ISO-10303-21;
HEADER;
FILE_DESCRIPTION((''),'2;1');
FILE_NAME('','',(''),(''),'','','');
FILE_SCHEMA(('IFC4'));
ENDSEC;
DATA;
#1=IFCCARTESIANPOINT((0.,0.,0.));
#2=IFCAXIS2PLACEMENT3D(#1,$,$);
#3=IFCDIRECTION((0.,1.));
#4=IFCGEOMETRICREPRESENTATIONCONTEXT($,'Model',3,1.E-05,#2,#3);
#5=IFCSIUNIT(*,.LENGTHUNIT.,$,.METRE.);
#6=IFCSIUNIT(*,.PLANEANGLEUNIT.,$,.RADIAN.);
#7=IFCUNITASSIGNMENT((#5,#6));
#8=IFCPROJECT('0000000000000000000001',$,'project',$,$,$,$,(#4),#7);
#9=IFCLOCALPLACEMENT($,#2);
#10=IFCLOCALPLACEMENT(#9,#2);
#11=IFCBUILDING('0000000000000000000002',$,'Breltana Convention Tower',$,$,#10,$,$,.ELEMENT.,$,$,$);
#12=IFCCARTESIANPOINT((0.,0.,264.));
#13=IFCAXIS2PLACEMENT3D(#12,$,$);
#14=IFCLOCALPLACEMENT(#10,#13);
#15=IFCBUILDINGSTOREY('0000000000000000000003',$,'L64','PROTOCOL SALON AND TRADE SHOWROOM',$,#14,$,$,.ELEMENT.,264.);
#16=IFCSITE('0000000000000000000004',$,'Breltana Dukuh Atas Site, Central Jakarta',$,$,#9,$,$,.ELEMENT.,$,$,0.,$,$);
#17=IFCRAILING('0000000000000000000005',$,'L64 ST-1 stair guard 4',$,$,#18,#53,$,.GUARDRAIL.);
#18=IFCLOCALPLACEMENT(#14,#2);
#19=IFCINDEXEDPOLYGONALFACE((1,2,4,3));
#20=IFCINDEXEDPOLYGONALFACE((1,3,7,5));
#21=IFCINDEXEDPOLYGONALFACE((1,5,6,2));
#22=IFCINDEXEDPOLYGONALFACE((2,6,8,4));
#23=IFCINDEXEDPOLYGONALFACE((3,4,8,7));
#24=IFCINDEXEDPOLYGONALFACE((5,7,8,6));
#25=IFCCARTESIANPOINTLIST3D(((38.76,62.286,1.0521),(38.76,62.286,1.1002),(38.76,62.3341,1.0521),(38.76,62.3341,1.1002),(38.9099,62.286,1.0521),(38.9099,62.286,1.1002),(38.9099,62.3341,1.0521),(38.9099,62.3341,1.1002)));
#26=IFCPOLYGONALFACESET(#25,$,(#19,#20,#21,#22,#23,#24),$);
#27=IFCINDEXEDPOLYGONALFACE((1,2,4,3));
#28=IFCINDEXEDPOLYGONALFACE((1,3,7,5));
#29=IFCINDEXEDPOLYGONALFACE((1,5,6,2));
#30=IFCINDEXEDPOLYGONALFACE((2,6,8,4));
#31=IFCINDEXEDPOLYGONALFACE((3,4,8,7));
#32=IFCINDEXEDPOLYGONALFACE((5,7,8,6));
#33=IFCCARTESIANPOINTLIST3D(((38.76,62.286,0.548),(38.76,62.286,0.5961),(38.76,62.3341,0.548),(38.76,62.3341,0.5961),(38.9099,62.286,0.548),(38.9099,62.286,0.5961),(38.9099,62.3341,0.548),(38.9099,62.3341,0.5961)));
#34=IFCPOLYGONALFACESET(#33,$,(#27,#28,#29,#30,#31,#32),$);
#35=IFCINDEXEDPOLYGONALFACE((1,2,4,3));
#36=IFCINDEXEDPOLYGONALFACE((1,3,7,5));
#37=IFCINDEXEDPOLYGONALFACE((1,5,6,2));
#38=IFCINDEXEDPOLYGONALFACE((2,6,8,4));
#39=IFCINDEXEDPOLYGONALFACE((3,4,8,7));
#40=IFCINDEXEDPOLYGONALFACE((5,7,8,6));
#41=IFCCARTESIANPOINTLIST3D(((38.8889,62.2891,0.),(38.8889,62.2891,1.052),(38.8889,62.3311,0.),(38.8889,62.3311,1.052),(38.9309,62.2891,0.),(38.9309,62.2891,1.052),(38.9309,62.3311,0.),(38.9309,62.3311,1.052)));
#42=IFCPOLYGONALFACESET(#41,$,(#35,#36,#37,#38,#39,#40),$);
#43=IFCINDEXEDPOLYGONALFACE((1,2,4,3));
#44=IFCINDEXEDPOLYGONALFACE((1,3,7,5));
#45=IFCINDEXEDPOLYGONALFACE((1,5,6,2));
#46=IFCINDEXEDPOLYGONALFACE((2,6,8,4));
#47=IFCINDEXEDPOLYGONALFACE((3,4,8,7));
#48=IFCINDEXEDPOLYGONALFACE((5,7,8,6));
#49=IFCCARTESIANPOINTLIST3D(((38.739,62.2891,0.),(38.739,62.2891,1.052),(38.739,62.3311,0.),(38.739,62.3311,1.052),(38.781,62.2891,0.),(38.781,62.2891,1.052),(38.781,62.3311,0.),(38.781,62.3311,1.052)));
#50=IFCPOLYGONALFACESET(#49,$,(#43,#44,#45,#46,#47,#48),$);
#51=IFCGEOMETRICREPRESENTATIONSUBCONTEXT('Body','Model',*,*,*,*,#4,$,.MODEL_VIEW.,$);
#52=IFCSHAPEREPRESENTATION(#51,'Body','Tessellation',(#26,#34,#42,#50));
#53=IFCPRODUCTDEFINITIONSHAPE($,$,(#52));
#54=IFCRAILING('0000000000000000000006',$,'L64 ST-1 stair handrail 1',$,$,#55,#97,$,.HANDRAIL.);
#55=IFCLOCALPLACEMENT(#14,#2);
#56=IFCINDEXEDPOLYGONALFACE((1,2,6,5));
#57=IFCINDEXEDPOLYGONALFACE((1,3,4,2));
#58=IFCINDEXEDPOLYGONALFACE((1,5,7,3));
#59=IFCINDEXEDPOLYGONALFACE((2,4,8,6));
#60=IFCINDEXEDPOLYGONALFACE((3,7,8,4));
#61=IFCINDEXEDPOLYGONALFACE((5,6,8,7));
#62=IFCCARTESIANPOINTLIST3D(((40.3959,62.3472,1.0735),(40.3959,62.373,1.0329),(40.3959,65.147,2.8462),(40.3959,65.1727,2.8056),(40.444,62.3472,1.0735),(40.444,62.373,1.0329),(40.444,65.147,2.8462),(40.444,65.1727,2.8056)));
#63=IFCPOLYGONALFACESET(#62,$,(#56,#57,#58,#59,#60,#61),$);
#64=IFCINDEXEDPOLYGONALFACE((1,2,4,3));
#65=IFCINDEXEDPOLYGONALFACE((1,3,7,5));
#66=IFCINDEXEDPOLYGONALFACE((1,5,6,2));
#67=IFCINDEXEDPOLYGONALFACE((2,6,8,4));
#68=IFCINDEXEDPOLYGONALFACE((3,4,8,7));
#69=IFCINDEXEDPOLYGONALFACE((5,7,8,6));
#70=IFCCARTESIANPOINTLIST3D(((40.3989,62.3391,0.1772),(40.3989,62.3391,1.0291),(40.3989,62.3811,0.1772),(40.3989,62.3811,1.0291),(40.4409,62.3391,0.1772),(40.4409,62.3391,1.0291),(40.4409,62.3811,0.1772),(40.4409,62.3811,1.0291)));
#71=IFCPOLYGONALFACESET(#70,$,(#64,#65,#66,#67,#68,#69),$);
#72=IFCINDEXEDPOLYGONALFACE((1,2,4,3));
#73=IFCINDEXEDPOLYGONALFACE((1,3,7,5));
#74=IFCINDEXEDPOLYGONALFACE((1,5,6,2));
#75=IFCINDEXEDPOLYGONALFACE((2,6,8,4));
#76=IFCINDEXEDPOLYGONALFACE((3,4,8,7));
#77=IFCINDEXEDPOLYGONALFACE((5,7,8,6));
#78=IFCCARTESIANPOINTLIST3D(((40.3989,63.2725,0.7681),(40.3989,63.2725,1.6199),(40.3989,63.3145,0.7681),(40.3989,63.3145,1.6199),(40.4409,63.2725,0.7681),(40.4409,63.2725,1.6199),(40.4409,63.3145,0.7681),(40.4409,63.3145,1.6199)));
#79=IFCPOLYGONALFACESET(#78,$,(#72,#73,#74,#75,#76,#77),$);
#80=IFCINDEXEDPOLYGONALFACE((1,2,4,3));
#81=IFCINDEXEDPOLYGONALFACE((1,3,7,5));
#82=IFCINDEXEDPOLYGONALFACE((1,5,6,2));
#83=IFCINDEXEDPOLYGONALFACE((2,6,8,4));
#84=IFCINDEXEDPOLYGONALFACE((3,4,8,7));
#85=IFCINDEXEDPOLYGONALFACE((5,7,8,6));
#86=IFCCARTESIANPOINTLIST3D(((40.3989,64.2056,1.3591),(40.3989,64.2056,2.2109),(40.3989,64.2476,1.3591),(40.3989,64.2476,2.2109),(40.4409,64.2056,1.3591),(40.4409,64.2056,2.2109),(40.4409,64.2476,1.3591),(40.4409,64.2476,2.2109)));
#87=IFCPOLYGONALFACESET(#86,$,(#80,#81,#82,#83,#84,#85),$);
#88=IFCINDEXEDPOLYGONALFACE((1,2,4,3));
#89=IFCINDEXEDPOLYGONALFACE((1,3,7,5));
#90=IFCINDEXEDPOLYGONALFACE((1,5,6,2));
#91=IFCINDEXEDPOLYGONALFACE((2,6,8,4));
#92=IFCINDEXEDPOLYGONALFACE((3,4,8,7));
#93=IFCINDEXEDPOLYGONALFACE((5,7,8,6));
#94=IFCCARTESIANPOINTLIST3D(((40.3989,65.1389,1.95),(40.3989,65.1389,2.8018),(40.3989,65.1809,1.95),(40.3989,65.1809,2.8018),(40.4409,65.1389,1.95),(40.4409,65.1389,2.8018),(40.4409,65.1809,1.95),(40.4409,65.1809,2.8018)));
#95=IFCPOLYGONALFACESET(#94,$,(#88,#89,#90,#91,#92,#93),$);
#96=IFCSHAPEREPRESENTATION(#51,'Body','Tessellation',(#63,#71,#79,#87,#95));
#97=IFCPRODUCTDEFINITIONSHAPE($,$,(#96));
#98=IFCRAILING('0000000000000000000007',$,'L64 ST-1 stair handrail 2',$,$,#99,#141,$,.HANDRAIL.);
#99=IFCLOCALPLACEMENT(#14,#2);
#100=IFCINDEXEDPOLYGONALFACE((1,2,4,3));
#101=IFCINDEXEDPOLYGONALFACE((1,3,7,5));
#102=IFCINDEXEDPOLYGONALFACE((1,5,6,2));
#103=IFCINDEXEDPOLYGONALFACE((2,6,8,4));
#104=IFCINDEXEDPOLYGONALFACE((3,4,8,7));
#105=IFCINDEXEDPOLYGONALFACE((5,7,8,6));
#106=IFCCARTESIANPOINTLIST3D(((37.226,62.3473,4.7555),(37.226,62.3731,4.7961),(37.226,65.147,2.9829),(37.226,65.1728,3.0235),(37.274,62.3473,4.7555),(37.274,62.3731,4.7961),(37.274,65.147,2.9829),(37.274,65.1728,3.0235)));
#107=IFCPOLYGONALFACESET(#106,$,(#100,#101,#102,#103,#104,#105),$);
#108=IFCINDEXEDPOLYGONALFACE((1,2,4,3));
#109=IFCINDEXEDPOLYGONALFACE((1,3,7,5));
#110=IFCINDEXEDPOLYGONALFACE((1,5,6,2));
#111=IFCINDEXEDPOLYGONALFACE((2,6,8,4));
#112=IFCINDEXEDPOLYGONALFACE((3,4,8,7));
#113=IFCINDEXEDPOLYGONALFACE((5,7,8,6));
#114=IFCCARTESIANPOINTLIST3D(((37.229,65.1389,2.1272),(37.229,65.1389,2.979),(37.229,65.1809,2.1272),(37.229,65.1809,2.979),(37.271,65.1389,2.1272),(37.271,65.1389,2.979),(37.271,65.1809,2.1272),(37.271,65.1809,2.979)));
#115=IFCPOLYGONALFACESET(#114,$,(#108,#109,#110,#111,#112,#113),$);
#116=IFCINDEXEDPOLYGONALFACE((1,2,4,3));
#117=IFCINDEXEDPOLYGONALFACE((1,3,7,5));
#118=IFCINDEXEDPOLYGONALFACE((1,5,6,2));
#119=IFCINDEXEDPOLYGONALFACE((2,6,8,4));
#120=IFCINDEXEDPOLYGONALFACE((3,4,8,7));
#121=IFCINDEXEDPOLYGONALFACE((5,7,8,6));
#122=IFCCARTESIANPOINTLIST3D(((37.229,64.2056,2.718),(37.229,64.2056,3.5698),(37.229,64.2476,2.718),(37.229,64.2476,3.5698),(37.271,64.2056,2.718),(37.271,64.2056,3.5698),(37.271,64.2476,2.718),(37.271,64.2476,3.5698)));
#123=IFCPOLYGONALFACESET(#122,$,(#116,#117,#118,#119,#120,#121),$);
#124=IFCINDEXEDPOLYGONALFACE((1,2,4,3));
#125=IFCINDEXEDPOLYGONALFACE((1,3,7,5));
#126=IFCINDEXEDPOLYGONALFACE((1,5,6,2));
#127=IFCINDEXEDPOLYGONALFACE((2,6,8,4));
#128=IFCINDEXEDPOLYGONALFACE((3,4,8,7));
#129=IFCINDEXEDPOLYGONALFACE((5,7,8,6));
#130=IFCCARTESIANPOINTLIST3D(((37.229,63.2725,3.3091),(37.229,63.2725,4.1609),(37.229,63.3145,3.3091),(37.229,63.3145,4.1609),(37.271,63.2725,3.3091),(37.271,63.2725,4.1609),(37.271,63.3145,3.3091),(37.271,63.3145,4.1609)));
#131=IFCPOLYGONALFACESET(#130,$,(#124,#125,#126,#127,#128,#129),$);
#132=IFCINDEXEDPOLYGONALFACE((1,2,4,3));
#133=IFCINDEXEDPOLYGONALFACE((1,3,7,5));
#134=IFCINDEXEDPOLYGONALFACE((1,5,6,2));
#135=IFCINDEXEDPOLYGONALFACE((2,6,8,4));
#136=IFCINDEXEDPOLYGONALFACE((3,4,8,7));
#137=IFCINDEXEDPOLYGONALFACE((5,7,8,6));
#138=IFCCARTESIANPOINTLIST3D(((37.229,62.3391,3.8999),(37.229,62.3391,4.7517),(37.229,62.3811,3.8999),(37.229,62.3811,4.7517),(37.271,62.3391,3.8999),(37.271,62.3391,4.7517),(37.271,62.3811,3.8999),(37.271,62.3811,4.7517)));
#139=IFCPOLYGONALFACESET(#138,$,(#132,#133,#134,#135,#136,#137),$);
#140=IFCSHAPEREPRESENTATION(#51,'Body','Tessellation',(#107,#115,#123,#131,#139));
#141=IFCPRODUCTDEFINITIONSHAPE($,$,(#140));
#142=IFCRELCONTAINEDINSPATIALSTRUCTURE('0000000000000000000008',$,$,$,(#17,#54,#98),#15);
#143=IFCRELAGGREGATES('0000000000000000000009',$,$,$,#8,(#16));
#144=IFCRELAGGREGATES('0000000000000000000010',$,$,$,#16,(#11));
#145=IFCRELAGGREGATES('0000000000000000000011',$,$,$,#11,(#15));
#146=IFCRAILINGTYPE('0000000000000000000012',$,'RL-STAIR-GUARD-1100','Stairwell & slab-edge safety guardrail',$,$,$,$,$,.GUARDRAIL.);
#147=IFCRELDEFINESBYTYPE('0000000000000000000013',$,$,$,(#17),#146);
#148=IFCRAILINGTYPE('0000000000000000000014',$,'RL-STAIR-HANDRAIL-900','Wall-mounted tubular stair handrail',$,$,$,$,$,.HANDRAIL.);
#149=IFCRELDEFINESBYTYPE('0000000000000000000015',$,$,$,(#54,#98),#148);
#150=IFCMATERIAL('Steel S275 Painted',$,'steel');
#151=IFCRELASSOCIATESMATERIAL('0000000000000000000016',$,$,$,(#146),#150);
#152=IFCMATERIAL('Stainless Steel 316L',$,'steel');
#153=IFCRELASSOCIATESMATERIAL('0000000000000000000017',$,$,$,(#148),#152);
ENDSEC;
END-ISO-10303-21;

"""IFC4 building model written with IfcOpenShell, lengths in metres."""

from ifc_helpers import new_model, si_unit, direction, frame, origin, origin_2d, place, context, subcontext, project, spatial, rectangle, extrude, material, type_object, element, save


model = new_model("IFC4")

# Units and contexts
model_context = context("Model", 3, precision=1e-05, world=origin(), true_north=direction((0.0, 1.0)))
body_context = subcontext(model_context, "Body", "Model", "MODEL_VIEW")
ifc_project = project(units=[si_unit("LENGTHUNIT", "METRE"), si_unit("PLANEANGLEUNIT", "RADIAN")], contexts=[model_context])

# Site, building, storey
site_placement = place(None, origin())
site = spatial("IfcSite", under=ifc_project, at=site_placement, Name="Breltana Dukuh Atas Site, Central Jakarta", CompositionType="ELEMENT", RefElevation=0.0)
building_placement = place(site_placement, origin())
building = spatial("IfcBuilding", under=site, at=building_placement, Name="Breltana Convention Tower", CompositionType="ELEMENT")
storey_placement = place(building_placement, frame((0.0, 0.0, 264.0)))
storey = spatial("IfcBuildingStorey", under=building, at=storey_placement, Name="L64", Description="PROTOCOL SALON AND TRADE SHOWROOM", CompositionType="ELEMENT", Elevation=264.0)

# Railings
ifc_material_1 = material(Name="Steel S275 Painted", Category="steel")
railing_type_1 = type_object("IfcRailingType", Name="RL-STAIR-GUARD-1100", Description="Stairwell & slab-edge safety guardrail", PredefinedType="GUARDRAIL", material=ifc_material_1)
railing_1_placement = place(storey_placement, frame((38.9099, 62.3101, 0.0)))
element("IfcRailing", 1, at=railing_1_placement, inside=storey, type_object=railing_type_1, Name="L64 ST-1 stair guard 4", PredefinedType="GUARDRAIL", context=body_context, shape_type="SweptSolid", body=[
    extrude(rectangle(XDim=0.0481, YDim=0.0481, at=origin_2d()), frame((0.0, 0.0, 1.0762), z_axis=(-1.0, 0.0, 0.0), x_axis=(0.0, -1.0, 0.0)), (0.0, 0.0, 1.0), 0.1499),
    extrude(rectangle(XDim=0.0481, YDim=0.0481, at=origin_2d()), frame((0.0, 0.0, 0.572), z_axis=(-1.0, 0.0, 0.0), x_axis=(0.0, -1.0, 0.0)), (0.0, 0.0, 1.0), 0.1499),
    extrude(rectangle(XDim=0.042, YDim=0.042, at=origin_2d()), origin(), (0.0, 0.0, 1.0), 1.052),
    extrude(rectangle(XDim=0.042, YDim=0.042, at=origin_2d()), frame((-0.1499, 0.0, 0.0)), (0.0, 0.0, 1.0), 1.052),
])
ifc_material_2 = material(Name="Stainless Steel 316L", Category="steel")
railing_type_2 = type_object("IfcRailingType", Name="RL-STAIR-HANDRAIL-900", Description="Wall-mounted tubular stair handrail", PredefinedType="HANDRAIL", material=ifc_material_2)
railing_2_placement = place(storey_placement, frame((40.4199, 62.3601, 0.1772)))
element("IfcRailing", 2, at=railing_2_placement, inside=storey, type_object=railing_type_2, Name="L64 ST-1 stair handrail 1", PredefinedType="HANDRAIL", context=body_context, shape_type="SweptSolid", body=[
    extrude(rectangle(XDim=0.0481, YDim=0.0481, at=origin_2d()), frame((0.0, 0.0, 0.876), z_axis=(0.0, 0.844888, 0.534943), x_axis=(-1.0, 0.0, 0.0)), (0.0, 0.0, 1.0), 3.3137),
    extrude(rectangle(XDim=0.042, YDim=0.042, at=origin_2d()), origin(), (0.0, 0.0, 1.0), 0.8518),
    extrude(rectangle(XDim=0.042, YDim=0.042, at=origin_2d()), frame((0.0, 0.9333, 0.5908)), (0.0, 0.0, 1.0), 0.8518),
    extrude(rectangle(XDim=0.042, YDim=0.042, at=origin_2d()), frame((0.0, 1.8665, 1.1819)), (0.0, 0.0, 1.0), 0.8518),
    extrude(rectangle(XDim=0.042, YDim=0.042, at=origin_2d()), frame((0.0, 2.7998, 1.7727)), (0.0, 0.0, 1.0), 0.8518),
])
railing_3_placement = place(storey_placement, frame((37.25, 65.1599, 2.1272)))
element("IfcRailing", 3, at=railing_3_placement, inside=storey, type_object=railing_type_2, Name="L64 ST-1 stair handrail 2", PredefinedType="HANDRAIL", context=body_context, shape_type="SweptSolid", body=[
    extrude(rectangle(XDim=0.0481, YDim=0.0481, at=origin_2d()), frame((0.0, 0.0, 0.876), z_axis=(0.0, -0.844888, 0.534943), x_axis=(1.0, 0.0, 0.0)), (0.0, 0.0, 1.0), 3.3137),
    extrude(rectangle(XDim=0.042, YDim=0.042, at=origin_2d()), origin(), (0.0, 0.0, 1.0), 0.8518),
    extrude(rectangle(XDim=0.042, YDim=0.042, at=origin_2d()), frame((0.0, -0.9333, 0.5908)), (0.0, 0.0, 1.0), 0.8518),
    extrude(rectangle(XDim=0.042, YDim=0.042, at=origin_2d()), frame((0.0, -1.8665, 1.1819)), (0.0, 0.0, 1.0), 0.8518),
    extrude(rectangle(XDim=0.042, YDim=0.042, at=origin_2d()), frame((0.0, -2.7998, 1.7727)), (0.0, 0.0, 1.0), 0.8518),
])

save(model, "model.ifc")
